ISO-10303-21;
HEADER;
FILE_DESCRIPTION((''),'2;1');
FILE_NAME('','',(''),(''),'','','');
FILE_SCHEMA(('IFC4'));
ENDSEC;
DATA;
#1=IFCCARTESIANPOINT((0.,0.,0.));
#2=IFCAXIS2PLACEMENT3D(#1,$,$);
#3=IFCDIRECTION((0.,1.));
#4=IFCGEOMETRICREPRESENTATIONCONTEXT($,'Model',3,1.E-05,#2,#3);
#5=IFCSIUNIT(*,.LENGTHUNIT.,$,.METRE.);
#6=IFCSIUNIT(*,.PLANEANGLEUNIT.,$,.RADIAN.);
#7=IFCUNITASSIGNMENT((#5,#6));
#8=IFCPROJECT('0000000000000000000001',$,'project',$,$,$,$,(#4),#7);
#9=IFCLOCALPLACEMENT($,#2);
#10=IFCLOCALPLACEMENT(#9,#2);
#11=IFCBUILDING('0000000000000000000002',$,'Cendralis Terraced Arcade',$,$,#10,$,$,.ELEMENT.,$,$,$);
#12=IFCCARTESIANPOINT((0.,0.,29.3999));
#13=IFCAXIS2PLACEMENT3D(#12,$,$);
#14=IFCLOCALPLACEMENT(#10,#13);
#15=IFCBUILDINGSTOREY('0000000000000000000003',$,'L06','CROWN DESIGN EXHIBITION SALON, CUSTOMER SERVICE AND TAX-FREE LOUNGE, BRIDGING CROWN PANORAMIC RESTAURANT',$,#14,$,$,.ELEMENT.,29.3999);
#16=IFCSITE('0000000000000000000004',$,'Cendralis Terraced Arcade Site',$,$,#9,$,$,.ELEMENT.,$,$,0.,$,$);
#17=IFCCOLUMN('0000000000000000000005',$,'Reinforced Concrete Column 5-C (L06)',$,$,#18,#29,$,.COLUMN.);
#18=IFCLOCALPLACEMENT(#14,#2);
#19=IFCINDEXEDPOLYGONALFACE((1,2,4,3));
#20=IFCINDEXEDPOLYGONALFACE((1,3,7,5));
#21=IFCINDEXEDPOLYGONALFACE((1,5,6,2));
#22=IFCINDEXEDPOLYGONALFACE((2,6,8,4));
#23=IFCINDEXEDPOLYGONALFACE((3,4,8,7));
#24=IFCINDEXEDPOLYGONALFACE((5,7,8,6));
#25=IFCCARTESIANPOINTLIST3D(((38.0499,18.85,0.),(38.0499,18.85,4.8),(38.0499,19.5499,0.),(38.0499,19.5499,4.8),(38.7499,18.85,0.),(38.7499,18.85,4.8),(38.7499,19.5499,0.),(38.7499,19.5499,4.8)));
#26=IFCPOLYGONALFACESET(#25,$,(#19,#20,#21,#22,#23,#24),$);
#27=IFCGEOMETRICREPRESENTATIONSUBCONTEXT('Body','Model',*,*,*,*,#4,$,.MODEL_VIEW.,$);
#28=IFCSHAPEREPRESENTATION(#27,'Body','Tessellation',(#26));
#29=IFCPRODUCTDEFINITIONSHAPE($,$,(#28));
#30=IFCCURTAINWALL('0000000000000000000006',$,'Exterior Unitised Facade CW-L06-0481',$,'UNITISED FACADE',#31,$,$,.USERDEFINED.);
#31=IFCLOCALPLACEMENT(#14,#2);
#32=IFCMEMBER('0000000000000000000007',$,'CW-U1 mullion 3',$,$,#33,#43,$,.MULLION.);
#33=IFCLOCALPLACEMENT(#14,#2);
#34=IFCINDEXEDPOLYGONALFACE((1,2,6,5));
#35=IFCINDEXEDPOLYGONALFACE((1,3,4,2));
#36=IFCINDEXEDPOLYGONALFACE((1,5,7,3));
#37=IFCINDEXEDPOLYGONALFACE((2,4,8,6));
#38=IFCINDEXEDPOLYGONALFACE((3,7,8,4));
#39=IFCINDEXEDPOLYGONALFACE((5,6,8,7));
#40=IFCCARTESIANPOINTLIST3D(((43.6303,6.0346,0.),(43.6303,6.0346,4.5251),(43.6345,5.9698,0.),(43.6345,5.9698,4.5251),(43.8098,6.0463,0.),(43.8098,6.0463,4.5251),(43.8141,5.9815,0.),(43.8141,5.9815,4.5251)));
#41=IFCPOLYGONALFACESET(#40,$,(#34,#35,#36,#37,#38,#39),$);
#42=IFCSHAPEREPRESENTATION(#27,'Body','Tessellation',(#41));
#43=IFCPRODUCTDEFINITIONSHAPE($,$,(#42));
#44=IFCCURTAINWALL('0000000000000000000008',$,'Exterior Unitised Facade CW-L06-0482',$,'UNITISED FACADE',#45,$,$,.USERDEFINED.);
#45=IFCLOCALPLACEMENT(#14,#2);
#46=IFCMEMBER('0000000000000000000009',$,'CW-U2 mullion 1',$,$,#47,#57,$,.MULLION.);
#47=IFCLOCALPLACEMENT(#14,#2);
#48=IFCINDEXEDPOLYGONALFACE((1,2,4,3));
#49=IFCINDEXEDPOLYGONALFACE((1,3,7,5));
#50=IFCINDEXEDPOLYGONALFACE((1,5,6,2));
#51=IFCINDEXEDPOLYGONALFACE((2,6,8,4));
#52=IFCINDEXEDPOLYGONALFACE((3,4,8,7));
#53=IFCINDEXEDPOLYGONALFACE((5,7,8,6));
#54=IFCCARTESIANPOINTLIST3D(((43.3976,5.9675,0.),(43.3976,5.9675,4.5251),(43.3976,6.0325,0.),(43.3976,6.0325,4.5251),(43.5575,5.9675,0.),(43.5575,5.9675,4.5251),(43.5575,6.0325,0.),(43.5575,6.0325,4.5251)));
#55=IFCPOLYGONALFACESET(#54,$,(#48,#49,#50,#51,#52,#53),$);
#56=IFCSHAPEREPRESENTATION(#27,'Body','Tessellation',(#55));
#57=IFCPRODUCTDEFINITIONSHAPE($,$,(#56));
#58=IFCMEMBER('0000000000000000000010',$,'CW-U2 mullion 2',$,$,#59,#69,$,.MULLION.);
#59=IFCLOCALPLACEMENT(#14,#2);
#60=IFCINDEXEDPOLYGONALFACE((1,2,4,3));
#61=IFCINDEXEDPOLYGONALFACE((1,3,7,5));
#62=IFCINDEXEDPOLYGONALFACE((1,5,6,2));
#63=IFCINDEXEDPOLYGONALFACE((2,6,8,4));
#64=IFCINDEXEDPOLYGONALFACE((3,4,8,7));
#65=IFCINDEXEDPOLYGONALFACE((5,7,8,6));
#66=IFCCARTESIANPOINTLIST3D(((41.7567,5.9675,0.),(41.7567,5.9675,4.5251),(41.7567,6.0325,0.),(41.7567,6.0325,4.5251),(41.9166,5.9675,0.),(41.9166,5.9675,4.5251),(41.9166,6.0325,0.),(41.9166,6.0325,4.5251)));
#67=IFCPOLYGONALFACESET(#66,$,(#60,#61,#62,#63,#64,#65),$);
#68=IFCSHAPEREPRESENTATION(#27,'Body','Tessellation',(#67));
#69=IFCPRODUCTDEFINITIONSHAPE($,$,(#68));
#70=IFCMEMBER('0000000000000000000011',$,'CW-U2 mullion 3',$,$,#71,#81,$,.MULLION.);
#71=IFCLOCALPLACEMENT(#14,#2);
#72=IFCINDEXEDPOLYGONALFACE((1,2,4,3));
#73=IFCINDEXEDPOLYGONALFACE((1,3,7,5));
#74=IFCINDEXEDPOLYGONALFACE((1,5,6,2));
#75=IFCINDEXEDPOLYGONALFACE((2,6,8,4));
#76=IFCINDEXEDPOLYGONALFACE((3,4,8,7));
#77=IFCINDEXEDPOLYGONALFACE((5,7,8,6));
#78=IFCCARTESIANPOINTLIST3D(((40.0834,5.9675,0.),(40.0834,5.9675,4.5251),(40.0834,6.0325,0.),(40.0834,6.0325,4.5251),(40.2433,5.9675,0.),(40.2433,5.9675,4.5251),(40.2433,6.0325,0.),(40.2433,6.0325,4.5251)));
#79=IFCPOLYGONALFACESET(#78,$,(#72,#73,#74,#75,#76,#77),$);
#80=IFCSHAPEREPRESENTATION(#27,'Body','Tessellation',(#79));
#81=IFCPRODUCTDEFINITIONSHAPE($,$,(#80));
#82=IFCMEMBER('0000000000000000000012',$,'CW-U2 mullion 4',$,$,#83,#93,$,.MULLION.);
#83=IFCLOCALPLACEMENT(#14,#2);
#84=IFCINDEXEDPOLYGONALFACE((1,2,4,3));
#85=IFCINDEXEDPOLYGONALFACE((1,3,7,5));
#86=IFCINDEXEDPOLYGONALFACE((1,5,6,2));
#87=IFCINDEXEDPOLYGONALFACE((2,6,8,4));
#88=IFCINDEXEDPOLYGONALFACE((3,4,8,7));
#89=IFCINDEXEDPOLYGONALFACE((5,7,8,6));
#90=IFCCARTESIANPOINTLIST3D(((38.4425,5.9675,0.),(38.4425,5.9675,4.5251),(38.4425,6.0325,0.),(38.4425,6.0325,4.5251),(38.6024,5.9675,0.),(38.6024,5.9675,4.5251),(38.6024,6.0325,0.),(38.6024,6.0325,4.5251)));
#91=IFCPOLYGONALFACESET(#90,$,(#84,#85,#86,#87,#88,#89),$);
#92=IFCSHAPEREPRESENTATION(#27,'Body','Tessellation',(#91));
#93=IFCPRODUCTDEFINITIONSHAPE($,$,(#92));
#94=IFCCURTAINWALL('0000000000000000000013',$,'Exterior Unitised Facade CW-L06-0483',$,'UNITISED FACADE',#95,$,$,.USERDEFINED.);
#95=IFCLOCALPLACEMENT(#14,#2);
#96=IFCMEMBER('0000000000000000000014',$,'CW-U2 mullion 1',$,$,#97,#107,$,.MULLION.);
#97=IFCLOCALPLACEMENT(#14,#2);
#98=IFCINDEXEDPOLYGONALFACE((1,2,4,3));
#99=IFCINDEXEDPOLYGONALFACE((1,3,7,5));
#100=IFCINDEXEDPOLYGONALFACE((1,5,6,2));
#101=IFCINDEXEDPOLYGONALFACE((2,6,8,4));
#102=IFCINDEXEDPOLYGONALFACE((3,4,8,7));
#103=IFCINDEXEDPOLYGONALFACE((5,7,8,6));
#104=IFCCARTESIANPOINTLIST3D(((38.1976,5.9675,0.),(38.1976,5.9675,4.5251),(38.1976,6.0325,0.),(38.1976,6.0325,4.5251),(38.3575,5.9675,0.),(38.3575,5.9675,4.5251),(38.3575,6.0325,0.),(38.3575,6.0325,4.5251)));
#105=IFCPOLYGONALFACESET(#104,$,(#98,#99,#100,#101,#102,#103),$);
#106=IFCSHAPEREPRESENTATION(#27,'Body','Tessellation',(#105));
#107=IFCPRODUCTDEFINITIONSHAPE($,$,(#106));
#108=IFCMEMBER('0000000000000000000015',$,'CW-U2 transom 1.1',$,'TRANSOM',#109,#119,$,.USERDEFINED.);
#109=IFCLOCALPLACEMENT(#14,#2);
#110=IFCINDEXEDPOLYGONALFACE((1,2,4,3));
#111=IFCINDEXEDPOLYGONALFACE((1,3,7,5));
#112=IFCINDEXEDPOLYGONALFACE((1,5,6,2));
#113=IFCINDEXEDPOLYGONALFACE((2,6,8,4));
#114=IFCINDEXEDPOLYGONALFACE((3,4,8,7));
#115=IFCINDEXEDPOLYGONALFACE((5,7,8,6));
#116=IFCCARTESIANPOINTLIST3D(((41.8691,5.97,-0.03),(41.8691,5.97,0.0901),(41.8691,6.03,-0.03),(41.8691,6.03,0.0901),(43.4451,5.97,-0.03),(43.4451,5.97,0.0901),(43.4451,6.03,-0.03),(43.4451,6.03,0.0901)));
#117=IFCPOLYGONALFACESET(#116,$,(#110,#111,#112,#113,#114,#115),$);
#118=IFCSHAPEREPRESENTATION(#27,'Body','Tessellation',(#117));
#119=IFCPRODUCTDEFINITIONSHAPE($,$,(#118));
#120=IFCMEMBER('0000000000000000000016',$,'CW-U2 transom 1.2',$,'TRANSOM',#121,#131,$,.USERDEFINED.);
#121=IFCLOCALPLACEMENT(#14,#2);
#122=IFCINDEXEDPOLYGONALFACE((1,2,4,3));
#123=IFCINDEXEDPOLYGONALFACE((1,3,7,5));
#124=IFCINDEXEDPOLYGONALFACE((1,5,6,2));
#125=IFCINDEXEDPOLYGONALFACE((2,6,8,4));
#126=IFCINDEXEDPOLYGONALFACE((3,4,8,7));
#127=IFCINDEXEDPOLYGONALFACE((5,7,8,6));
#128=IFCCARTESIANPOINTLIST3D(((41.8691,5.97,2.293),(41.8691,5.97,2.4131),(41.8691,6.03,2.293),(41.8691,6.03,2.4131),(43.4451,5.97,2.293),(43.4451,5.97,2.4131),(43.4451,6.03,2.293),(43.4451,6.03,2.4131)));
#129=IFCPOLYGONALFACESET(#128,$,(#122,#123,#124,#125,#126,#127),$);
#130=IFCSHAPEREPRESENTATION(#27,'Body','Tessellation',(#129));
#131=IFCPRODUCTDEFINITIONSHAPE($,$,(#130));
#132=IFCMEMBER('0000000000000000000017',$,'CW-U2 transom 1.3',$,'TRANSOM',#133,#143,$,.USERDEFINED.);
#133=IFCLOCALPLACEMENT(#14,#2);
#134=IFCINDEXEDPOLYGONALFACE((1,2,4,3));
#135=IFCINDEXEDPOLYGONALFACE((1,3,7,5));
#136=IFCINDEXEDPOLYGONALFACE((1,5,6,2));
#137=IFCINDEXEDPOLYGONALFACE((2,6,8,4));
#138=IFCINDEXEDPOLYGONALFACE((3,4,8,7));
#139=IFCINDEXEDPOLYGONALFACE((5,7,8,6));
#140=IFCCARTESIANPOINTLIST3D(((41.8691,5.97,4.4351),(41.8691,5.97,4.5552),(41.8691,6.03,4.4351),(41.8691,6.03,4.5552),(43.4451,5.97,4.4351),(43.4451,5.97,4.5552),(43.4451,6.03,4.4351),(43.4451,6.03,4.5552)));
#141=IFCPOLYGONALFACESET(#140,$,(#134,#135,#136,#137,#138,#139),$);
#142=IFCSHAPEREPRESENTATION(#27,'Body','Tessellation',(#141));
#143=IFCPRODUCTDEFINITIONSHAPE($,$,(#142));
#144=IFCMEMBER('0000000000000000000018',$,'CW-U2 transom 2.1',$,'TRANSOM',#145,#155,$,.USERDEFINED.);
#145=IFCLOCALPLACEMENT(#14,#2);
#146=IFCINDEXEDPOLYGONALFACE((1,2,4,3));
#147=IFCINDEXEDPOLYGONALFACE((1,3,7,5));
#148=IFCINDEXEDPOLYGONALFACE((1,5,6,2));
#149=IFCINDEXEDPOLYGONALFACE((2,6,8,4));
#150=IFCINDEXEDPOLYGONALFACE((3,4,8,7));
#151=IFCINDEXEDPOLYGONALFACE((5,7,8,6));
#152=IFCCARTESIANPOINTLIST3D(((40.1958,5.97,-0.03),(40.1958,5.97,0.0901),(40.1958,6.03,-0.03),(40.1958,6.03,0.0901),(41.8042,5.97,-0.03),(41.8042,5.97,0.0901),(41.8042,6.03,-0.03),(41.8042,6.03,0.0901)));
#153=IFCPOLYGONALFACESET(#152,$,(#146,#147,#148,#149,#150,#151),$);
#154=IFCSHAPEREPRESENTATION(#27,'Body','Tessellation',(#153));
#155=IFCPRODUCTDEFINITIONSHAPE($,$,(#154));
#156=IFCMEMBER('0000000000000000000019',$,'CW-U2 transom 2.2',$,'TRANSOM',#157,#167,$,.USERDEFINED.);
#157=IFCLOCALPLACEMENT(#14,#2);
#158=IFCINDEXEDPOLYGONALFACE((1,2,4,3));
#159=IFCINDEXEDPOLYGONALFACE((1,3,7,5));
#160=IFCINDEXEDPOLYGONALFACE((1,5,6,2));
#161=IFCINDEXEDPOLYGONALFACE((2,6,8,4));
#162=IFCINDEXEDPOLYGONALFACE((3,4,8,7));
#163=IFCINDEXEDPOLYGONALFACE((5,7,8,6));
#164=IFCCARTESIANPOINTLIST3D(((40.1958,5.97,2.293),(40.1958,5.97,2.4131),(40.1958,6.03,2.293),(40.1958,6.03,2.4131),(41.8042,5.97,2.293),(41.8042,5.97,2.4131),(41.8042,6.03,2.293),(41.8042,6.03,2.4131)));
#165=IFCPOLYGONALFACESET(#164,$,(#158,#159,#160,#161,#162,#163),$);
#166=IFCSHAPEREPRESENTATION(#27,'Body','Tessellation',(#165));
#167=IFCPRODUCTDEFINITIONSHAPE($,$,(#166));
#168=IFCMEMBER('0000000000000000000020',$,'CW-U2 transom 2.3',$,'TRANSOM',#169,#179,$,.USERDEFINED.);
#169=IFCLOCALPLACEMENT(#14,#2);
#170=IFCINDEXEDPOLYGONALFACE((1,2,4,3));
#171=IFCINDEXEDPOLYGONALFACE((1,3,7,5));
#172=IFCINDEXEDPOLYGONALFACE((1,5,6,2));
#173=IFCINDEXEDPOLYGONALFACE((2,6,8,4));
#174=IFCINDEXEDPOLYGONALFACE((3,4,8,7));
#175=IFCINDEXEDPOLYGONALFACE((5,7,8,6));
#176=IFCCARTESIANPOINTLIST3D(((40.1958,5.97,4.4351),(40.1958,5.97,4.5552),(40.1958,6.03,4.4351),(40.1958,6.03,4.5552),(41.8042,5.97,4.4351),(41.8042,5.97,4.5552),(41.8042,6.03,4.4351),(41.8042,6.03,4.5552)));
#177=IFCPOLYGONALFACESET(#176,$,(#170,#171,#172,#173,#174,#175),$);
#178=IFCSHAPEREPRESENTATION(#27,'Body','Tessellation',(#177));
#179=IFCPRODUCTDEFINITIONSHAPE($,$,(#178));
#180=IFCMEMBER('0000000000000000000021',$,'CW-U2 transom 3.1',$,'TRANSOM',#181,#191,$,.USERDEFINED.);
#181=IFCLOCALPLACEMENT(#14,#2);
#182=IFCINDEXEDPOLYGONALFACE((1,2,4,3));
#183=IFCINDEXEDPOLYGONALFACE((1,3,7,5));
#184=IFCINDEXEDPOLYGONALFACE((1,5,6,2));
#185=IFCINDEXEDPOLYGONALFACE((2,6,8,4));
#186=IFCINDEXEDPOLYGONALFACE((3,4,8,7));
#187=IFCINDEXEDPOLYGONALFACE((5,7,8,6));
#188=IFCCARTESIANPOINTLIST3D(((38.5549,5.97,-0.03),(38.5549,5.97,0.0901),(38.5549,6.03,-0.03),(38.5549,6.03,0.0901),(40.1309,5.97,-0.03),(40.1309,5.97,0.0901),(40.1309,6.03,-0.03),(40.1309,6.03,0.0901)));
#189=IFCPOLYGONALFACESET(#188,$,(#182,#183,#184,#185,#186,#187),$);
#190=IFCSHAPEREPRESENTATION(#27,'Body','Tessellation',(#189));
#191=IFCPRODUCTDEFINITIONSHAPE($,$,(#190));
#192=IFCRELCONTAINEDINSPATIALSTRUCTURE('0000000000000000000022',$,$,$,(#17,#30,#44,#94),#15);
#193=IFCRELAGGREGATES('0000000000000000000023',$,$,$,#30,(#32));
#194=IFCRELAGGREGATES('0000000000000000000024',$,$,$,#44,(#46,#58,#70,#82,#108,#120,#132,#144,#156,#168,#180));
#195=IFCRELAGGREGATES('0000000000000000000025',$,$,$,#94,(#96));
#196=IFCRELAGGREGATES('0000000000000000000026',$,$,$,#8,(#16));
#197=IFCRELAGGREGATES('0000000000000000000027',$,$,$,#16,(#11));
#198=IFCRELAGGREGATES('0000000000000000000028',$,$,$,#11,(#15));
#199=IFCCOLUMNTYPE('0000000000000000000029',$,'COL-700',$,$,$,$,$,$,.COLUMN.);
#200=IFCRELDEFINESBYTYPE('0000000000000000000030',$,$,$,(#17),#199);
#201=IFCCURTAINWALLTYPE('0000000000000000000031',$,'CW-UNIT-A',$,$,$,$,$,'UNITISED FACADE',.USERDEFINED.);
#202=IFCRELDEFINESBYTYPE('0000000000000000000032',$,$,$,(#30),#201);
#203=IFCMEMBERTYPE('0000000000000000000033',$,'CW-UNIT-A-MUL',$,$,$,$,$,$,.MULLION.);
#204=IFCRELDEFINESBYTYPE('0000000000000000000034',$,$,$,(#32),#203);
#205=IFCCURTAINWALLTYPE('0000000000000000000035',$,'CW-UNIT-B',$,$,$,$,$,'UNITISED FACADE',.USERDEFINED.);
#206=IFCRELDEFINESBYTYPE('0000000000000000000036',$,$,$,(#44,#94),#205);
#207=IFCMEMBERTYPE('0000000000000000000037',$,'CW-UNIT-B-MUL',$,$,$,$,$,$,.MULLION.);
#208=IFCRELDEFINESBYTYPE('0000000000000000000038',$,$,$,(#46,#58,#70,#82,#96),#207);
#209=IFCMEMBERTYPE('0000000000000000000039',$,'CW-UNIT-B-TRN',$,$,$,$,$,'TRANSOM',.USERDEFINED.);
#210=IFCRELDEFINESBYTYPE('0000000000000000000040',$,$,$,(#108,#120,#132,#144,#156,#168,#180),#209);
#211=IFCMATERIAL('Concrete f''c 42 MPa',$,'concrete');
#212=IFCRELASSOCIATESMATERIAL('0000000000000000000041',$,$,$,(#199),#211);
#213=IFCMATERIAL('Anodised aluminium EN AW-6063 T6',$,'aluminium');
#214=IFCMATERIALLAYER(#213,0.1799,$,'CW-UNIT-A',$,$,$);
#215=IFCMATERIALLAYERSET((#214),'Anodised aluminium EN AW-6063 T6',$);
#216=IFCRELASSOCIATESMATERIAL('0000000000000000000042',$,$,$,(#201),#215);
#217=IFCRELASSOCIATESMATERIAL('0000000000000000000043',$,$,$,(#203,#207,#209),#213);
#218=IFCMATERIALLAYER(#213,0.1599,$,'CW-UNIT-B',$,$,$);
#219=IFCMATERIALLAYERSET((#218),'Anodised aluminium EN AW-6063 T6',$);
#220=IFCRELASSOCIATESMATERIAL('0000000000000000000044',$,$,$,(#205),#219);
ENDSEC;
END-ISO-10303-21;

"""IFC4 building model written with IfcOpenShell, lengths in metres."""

from ifc_helpers import new_model, si_unit, direction, frame, origin, origin_2d, place, context, subcontext, project, spatial, rectangle, extrude, material, layer, layer_set, material_profile, profile_set, type_object, element, aggregate, save


model = new_model("IFC4")

# Units and contexts
model_context = context("Model", 3, precision=1e-05, world=origin(), true_north=direction((0.0, 1.0)))
body_context = subcontext(model_context, "Body", "Model", "MODEL_VIEW")
ifc_project = project(units=[si_unit("LENGTHUNIT", "METRE"), si_unit("PLANEANGLEUNIT", "RADIAN")], contexts=[model_context])

# Site, building, storey
site_placement = place(None, origin())
site = spatial("IfcSite", under=ifc_project, at=site_placement, Name="Cendralis Terraced Arcade Site", CompositionType="ELEMENT", RefElevation=0.0)
building_placement = place(site_placement, origin())
building = spatial("IfcBuilding", under=site, at=building_placement, Name="Cendralis Terraced Arcade", CompositionType="ELEMENT")
storey_placement = place(building_placement, frame((0.0, 0.0, 29.3999)))
storey = spatial("IfcBuildingStorey", under=building, at=storey_placement, Name="L06", Description="CROWN DESIGN EXHIBITION SALON, CUSTOMER SERVICE AND TAX-FREE LOUNGE, BRIDGING CROWN PANORAMIC RESTAURANT", CompositionType="ELEMENT", Elevation=29.3999)

# Column
ifc_material_1 = material(Name="Concrete f'c 42 MPa", Category="concrete")
ifc_material_profile_1 = material_profile(ifc_material_1, rectangle(XDim=0.7, YDim=0.7, at=origin_2d()), Name="RC-COL-700x700", Category="LoadBearing")
ifc_profile_set_1 = profile_set([ifc_material_profile_1], Name="Concrete f'c 42 MPa")
column_type = type_object("IfcColumnType", Name="COL-700", PredefinedType="COLUMN", material=ifc_profile_set_1)
column_placement = place(storey_placement, frame((38.3999, 19.2, 0.0), z_axis=(0.0, 0.0, 1.0), x_axis=(1.0, 0.0, 0.0)))
element("IfcColumn", 1, at=column_placement, inside=storey, type_object=column_type, Name="Reinforced Concrete Column 5-C (L06)", PredefinedType="COLUMN", context=body_context, shape_type="SweptSolid", body=[
    extrude(rectangle(XDim=0.7, YDim=0.7, at=origin_2d()), origin(), (0.0, 0.0, 1.0), 4.8),
])

# Curtain wall, member
ifc_material_2 = material(Name="Anodised aluminium EN AW-6063 T6", Category="aluminium")
ifc_layer_1 = layer(ifc_material_2, 0.1799, Name="CW-UNIT-A")
ifc_layer_set_1 = layer_set([ifc_layer_1], Name="Anodised aluminium EN AW-6063 T6")
curtain_wall_type_1 = type_object("IfcCurtainWallType", Name="CW-UNIT-A", ElementType="UNITISED FACADE", PredefinedType="USERDEFINED", material=ifc_layer_set_1)
curtain_wall_1_placement = place(storey_placement, origin())
curtain_wall_1 = element("IfcCurtainWall", 2, at=curtain_wall_1_placement, inside=storey, type_object=curtain_wall_type_1, Name="Exterior Unitised Facade CW-L06-0481", ObjectType="UNITISED FACADE", PredefinedType="USERDEFINED")
ifc_material_profile_2 = material_profile(ifc_material_2, rectangle(XDim=0.0649, YDim=0.1799, at=origin_2d()), Name="ALU-MUL-65x180")
ifc_profile_set_2 = profile_set([ifc_material_profile_2], Name="Anodised aluminium EN AW-6063 T6")
member_type_1 = type_object("IfcMemberType", Name="CW-UNIT-A-MUL", PredefinedType="MULLION", material=ifc_profile_set_2)
member_1_placement = place(storey_placement, frame((43.7222, 6.0081, 0.0), z_axis=(0.0, 0.0, 1.0), x_axis=(0.065393, -0.99786, 0.0)))
member_1 = element("IfcMember", 3, at=member_1_placement, type_object=member_type_1, Name="CW-U1 mullion 3", PredefinedType="MULLION", context=body_context, shape_type="SweptSolid", body=[
    extrude(rectangle(XDim=0.0649, YDim=0.1799, at=origin_2d()), origin(), (0.0, 0.0, 1.0), 4.5251),
])
aggregate(curtain_wall_1, [member_1])

# Curtain wall, members
ifc_layer_2 = layer(ifc_material_2, 0.1599, Name="CW-UNIT-B")
ifc_layer_set_2 = layer_set([ifc_layer_2], Name="Anodised aluminium EN AW-6063 T6")
curtain_wall_type_2 = type_object("IfcCurtainWallType", Name="CW-UNIT-B", ElementType="UNITISED FACADE", PredefinedType="USERDEFINED", material=ifc_layer_set_2)
curtain_wall_2_placement = place(storey_placement, origin())
curtain_wall_2 = element("IfcCurtainWall", 4, at=curtain_wall_2_placement, inside=storey, type_object=curtain_wall_type_2, Name="Exterior Unitised Facade CW-L06-0482", ObjectType="UNITISED FACADE", PredefinedType="USERDEFINED")
ifc_material_profile_3 = material_profile(ifc_material_2, rectangle(XDim=0.0649, YDim=0.1599, at=origin_2d()), Name="ALU-MUL-65x160")
ifc_profile_set_3 = profile_set([ifc_material_profile_3], Name="Anodised aluminium EN AW-6063 T6")
member_type_2 = type_object("IfcMemberType", Name="CW-UNIT-B-MUL", PredefinedType="MULLION", material=ifc_profile_set_3)
member_2_placement = place(storey_placement, frame((43.4775, 6.0, 0.0), z_axis=(0.0, 0.0, 1.0), x_axis=(0.0, -1.0, 0.0)))
member_2 = element("IfcMember", 5, at=member_2_placement, type_object=member_type_2, Name="CW-U2 mullion 1", PredefinedType="MULLION", context=body_context, shape_type="SweptSolid", body=[
    extrude(rectangle(XDim=0.0649, YDim=0.1599, at=origin_2d()), origin(), (0.0, 0.0, 1.0), 4.5251),
])
member_3_placement = place(storey_placement, frame((41.8367, 6.0, 0.0), z_axis=(0.0, 0.0, 1.0), x_axis=(0.0, -1.0, 0.0)))
member_3 = element("IfcMember", 6, at=member_3_placement, type_object=member_type_2, Name="CW-U2 mullion 2", PredefinedType="MULLION", context=body_context, shape_type="SweptSolid", body=[
    extrude(rectangle(XDim=0.0649, YDim=0.1599, at=origin_2d()), origin(), (0.0, 0.0, 1.0), 4.5251),
])
member_4_placement = place(storey_placement, frame((40.1633, 6.0, 0.0), z_axis=(0.0, 0.0, 1.0), x_axis=(0.0, -1.0, 0.0)))
member_4 = element("IfcMember", 7, at=member_4_placement, type_object=member_type_2, Name="CW-U2 mullion 3", PredefinedType="MULLION", context=body_context, shape_type="SweptSolid", body=[
    extrude(rectangle(XDim=0.0649, YDim=0.1599, at=origin_2d()), origin(), (0.0, 0.0, 1.0), 4.5251),
])
member_5_placement = place(storey_placement, frame((38.5225, 6.0, 0.0), z_axis=(0.0, 0.0, 1.0), x_axis=(0.0, -1.0, 0.0)))
member_5 = element("IfcMember", 8, at=member_5_placement, type_object=member_type_2, Name="CW-U2 mullion 4", PredefinedType="MULLION", context=body_context, shape_type="SweptSolid", body=[
    extrude(rectangle(XDim=0.0649, YDim=0.1599, at=origin_2d()), origin(), (0.0, 0.0, 1.0), 4.5251),
])

# Curtain wall, member
curtain_wall_3_placement = place(storey_placement, origin())
curtain_wall_3 = element("IfcCurtainWall", 9, at=curtain_wall_3_placement, inside=storey, type_object=curtain_wall_type_2, Name="Exterior Unitised Facade CW-L06-0483", ObjectType="UNITISED FACADE", PredefinedType="USERDEFINED")
member_6_placement = place(storey_placement, frame((38.2776, 6.0, 0.0), z_axis=(0.0, 0.0, 1.0), x_axis=(0.0, -1.0, 0.0)))
member_6 = element("IfcMember", 10, at=member_6_placement, type_object=member_type_2, Name="CW-U2 mullion 1", PredefinedType="MULLION", context=body_context, shape_type="SweptSolid", body=[
    extrude(rectangle(XDim=0.0649, YDim=0.1599, at=origin_2d()), origin(), (0.0, 0.0, 1.0), 4.5251),
])

# Members
ifc_material_profile_4 = material_profile(ifc_material_2, rectangle(XDim=0.0601, YDim=0.1201, at=origin_2d()), Name="ALU-TRN-60x120")
ifc_profile_set_4 = profile_set([ifc_material_profile_4], Name="Anodised aluminium EN AW-6063 T6")
member_type_3 = type_object("IfcMemberType", Name="CW-UNIT-B-TRN", ElementType="TRANSOM", PredefinedType="USERDEFINED", material=ifc_profile_set_4)
member_7_placement = place(storey_placement, frame((43.4451, 6.0, 0.03), z_axis=(-1.0, 0.0, 0.0), x_axis=(0.0, -1.0, 0.0)))
member_7 = element("IfcMember", 11, at=member_7_placement, type_object=member_type_3, Name="CW-U2 transom 1.1", ObjectType="TRANSOM", PredefinedType="USERDEFINED", context=body_context, shape_type="SweptSolid", body=[
    extrude(rectangle(XDim=0.0601, YDim=0.1201, at=origin_2d()), origin(), (0.0, 0.0, 1.0), 1.5759),
])
member_8_placement = place(storey_placement, frame((43.4451, 6.0, 2.353), z_axis=(-1.0, 0.0, 0.0), x_axis=(0.0, -1.0, 0.0)))
member_8 = element("IfcMember", 12, at=member_8_placement, type_object=member_type_3, Name="CW-U2 transom 1.2", ObjectType="TRANSOM", PredefinedType="USERDEFINED", context=body_context, shape_type="SweptSolid", body=[
    extrude(rectangle(XDim=0.0601, YDim=0.1201, at=origin_2d()), origin(), (0.0, 0.0, 1.0), 1.5759),
])
member_9_placement = place(storey_placement, frame((43.4451, 6.0, 4.4951), z_axis=(-1.0, 0.0, 0.0), x_axis=(0.0, -1.0, 0.0)))
member_9 = element("IfcMember", 13, at=member_9_placement, type_object=member_type_3, Name="CW-U2 transom 1.3", ObjectType="TRANSOM", PredefinedType="USERDEFINED", context=body_context, shape_type="SweptSolid", body=[
    extrude(rectangle(XDim=0.0601, YDim=0.1201, at=origin_2d()), origin(), (0.0, 0.0, 1.0), 1.5759),
])
member_10_placement = place(storey_placement, frame((41.8042, 6.0, 0.03), z_axis=(-1.0, 0.0, 0.0), x_axis=(0.0, -1.0, 0.0)))
member_10 = element("IfcMember", 14, at=member_10_placement, type_object=member_type_3, Name="CW-U2 transom 2.1", ObjectType="TRANSOM", PredefinedType="USERDEFINED", context=body_context, shape_type="SweptSolid", body=[
    extrude(rectangle(XDim=0.0601, YDim=0.1201, at=origin_2d()), origin(), (0.0, 0.0, 1.0), 1.6084),
])
member_11_placement = place(storey_placement, frame((41.8042, 6.0, 2.353), z_axis=(-1.0, 0.0, 0.0), x_axis=(0.0, -1.0, 0.0)))
member_11 = element("IfcMember", 15, at=member_11_placement, type_object=member_type_3, Name="CW-U2 transom 2.2", ObjectType="TRANSOM", PredefinedType="USERDEFINED", context=body_context, shape_type="SweptSolid", body=[
    extrude(rectangle(XDim=0.0601, YDim=0.1201, at=origin_2d()), origin(), (0.0, 0.0, 1.0), 1.6084),
])
member_12_placement = place(storey_placement, frame((41.8042, 6.0, 4.4951), z_axis=(-1.0, 0.0, 0.0), x_axis=(0.0, -1.0, 0.0)))
member_12 = element("IfcMember", 16, at=member_12_placement, type_object=member_type_3, Name="CW-U2 transom 2.3", ObjectType="TRANSOM", PredefinedType="USERDEFINED", context=body_context, shape_type="SweptSolid", body=[
    extrude(rectangle(XDim=0.0601, YDim=0.1201, at=origin_2d()), origin(), (0.0, 0.0, 1.0), 1.6084),
])
member_13_placement = place(storey_placement, frame((40.1309, 6.0, 0.03), z_axis=(-1.0, 0.0, 0.0), x_axis=(0.0, -1.0, 0.0)))
member_13 = element("IfcMember", 17, at=member_13_placement, type_object=member_type_3, Name="CW-U2 transom 3.1", ObjectType="TRANSOM", PredefinedType="USERDEFINED", context=body_context, shape_type="SweptSolid", body=[
    extrude(rectangle(XDim=0.0601, YDim=0.1201, at=origin_2d()), origin(), (0.0, 0.0, 1.0), 1.5759),
])

aggregate(curtain_wall_2, [member_2, member_3, member_4, member_5, member_7, member_8, member_9, member_10, member_11, member_12, member_13])
aggregate(curtain_wall_3, [member_6])

save(model, "model.ifc")
